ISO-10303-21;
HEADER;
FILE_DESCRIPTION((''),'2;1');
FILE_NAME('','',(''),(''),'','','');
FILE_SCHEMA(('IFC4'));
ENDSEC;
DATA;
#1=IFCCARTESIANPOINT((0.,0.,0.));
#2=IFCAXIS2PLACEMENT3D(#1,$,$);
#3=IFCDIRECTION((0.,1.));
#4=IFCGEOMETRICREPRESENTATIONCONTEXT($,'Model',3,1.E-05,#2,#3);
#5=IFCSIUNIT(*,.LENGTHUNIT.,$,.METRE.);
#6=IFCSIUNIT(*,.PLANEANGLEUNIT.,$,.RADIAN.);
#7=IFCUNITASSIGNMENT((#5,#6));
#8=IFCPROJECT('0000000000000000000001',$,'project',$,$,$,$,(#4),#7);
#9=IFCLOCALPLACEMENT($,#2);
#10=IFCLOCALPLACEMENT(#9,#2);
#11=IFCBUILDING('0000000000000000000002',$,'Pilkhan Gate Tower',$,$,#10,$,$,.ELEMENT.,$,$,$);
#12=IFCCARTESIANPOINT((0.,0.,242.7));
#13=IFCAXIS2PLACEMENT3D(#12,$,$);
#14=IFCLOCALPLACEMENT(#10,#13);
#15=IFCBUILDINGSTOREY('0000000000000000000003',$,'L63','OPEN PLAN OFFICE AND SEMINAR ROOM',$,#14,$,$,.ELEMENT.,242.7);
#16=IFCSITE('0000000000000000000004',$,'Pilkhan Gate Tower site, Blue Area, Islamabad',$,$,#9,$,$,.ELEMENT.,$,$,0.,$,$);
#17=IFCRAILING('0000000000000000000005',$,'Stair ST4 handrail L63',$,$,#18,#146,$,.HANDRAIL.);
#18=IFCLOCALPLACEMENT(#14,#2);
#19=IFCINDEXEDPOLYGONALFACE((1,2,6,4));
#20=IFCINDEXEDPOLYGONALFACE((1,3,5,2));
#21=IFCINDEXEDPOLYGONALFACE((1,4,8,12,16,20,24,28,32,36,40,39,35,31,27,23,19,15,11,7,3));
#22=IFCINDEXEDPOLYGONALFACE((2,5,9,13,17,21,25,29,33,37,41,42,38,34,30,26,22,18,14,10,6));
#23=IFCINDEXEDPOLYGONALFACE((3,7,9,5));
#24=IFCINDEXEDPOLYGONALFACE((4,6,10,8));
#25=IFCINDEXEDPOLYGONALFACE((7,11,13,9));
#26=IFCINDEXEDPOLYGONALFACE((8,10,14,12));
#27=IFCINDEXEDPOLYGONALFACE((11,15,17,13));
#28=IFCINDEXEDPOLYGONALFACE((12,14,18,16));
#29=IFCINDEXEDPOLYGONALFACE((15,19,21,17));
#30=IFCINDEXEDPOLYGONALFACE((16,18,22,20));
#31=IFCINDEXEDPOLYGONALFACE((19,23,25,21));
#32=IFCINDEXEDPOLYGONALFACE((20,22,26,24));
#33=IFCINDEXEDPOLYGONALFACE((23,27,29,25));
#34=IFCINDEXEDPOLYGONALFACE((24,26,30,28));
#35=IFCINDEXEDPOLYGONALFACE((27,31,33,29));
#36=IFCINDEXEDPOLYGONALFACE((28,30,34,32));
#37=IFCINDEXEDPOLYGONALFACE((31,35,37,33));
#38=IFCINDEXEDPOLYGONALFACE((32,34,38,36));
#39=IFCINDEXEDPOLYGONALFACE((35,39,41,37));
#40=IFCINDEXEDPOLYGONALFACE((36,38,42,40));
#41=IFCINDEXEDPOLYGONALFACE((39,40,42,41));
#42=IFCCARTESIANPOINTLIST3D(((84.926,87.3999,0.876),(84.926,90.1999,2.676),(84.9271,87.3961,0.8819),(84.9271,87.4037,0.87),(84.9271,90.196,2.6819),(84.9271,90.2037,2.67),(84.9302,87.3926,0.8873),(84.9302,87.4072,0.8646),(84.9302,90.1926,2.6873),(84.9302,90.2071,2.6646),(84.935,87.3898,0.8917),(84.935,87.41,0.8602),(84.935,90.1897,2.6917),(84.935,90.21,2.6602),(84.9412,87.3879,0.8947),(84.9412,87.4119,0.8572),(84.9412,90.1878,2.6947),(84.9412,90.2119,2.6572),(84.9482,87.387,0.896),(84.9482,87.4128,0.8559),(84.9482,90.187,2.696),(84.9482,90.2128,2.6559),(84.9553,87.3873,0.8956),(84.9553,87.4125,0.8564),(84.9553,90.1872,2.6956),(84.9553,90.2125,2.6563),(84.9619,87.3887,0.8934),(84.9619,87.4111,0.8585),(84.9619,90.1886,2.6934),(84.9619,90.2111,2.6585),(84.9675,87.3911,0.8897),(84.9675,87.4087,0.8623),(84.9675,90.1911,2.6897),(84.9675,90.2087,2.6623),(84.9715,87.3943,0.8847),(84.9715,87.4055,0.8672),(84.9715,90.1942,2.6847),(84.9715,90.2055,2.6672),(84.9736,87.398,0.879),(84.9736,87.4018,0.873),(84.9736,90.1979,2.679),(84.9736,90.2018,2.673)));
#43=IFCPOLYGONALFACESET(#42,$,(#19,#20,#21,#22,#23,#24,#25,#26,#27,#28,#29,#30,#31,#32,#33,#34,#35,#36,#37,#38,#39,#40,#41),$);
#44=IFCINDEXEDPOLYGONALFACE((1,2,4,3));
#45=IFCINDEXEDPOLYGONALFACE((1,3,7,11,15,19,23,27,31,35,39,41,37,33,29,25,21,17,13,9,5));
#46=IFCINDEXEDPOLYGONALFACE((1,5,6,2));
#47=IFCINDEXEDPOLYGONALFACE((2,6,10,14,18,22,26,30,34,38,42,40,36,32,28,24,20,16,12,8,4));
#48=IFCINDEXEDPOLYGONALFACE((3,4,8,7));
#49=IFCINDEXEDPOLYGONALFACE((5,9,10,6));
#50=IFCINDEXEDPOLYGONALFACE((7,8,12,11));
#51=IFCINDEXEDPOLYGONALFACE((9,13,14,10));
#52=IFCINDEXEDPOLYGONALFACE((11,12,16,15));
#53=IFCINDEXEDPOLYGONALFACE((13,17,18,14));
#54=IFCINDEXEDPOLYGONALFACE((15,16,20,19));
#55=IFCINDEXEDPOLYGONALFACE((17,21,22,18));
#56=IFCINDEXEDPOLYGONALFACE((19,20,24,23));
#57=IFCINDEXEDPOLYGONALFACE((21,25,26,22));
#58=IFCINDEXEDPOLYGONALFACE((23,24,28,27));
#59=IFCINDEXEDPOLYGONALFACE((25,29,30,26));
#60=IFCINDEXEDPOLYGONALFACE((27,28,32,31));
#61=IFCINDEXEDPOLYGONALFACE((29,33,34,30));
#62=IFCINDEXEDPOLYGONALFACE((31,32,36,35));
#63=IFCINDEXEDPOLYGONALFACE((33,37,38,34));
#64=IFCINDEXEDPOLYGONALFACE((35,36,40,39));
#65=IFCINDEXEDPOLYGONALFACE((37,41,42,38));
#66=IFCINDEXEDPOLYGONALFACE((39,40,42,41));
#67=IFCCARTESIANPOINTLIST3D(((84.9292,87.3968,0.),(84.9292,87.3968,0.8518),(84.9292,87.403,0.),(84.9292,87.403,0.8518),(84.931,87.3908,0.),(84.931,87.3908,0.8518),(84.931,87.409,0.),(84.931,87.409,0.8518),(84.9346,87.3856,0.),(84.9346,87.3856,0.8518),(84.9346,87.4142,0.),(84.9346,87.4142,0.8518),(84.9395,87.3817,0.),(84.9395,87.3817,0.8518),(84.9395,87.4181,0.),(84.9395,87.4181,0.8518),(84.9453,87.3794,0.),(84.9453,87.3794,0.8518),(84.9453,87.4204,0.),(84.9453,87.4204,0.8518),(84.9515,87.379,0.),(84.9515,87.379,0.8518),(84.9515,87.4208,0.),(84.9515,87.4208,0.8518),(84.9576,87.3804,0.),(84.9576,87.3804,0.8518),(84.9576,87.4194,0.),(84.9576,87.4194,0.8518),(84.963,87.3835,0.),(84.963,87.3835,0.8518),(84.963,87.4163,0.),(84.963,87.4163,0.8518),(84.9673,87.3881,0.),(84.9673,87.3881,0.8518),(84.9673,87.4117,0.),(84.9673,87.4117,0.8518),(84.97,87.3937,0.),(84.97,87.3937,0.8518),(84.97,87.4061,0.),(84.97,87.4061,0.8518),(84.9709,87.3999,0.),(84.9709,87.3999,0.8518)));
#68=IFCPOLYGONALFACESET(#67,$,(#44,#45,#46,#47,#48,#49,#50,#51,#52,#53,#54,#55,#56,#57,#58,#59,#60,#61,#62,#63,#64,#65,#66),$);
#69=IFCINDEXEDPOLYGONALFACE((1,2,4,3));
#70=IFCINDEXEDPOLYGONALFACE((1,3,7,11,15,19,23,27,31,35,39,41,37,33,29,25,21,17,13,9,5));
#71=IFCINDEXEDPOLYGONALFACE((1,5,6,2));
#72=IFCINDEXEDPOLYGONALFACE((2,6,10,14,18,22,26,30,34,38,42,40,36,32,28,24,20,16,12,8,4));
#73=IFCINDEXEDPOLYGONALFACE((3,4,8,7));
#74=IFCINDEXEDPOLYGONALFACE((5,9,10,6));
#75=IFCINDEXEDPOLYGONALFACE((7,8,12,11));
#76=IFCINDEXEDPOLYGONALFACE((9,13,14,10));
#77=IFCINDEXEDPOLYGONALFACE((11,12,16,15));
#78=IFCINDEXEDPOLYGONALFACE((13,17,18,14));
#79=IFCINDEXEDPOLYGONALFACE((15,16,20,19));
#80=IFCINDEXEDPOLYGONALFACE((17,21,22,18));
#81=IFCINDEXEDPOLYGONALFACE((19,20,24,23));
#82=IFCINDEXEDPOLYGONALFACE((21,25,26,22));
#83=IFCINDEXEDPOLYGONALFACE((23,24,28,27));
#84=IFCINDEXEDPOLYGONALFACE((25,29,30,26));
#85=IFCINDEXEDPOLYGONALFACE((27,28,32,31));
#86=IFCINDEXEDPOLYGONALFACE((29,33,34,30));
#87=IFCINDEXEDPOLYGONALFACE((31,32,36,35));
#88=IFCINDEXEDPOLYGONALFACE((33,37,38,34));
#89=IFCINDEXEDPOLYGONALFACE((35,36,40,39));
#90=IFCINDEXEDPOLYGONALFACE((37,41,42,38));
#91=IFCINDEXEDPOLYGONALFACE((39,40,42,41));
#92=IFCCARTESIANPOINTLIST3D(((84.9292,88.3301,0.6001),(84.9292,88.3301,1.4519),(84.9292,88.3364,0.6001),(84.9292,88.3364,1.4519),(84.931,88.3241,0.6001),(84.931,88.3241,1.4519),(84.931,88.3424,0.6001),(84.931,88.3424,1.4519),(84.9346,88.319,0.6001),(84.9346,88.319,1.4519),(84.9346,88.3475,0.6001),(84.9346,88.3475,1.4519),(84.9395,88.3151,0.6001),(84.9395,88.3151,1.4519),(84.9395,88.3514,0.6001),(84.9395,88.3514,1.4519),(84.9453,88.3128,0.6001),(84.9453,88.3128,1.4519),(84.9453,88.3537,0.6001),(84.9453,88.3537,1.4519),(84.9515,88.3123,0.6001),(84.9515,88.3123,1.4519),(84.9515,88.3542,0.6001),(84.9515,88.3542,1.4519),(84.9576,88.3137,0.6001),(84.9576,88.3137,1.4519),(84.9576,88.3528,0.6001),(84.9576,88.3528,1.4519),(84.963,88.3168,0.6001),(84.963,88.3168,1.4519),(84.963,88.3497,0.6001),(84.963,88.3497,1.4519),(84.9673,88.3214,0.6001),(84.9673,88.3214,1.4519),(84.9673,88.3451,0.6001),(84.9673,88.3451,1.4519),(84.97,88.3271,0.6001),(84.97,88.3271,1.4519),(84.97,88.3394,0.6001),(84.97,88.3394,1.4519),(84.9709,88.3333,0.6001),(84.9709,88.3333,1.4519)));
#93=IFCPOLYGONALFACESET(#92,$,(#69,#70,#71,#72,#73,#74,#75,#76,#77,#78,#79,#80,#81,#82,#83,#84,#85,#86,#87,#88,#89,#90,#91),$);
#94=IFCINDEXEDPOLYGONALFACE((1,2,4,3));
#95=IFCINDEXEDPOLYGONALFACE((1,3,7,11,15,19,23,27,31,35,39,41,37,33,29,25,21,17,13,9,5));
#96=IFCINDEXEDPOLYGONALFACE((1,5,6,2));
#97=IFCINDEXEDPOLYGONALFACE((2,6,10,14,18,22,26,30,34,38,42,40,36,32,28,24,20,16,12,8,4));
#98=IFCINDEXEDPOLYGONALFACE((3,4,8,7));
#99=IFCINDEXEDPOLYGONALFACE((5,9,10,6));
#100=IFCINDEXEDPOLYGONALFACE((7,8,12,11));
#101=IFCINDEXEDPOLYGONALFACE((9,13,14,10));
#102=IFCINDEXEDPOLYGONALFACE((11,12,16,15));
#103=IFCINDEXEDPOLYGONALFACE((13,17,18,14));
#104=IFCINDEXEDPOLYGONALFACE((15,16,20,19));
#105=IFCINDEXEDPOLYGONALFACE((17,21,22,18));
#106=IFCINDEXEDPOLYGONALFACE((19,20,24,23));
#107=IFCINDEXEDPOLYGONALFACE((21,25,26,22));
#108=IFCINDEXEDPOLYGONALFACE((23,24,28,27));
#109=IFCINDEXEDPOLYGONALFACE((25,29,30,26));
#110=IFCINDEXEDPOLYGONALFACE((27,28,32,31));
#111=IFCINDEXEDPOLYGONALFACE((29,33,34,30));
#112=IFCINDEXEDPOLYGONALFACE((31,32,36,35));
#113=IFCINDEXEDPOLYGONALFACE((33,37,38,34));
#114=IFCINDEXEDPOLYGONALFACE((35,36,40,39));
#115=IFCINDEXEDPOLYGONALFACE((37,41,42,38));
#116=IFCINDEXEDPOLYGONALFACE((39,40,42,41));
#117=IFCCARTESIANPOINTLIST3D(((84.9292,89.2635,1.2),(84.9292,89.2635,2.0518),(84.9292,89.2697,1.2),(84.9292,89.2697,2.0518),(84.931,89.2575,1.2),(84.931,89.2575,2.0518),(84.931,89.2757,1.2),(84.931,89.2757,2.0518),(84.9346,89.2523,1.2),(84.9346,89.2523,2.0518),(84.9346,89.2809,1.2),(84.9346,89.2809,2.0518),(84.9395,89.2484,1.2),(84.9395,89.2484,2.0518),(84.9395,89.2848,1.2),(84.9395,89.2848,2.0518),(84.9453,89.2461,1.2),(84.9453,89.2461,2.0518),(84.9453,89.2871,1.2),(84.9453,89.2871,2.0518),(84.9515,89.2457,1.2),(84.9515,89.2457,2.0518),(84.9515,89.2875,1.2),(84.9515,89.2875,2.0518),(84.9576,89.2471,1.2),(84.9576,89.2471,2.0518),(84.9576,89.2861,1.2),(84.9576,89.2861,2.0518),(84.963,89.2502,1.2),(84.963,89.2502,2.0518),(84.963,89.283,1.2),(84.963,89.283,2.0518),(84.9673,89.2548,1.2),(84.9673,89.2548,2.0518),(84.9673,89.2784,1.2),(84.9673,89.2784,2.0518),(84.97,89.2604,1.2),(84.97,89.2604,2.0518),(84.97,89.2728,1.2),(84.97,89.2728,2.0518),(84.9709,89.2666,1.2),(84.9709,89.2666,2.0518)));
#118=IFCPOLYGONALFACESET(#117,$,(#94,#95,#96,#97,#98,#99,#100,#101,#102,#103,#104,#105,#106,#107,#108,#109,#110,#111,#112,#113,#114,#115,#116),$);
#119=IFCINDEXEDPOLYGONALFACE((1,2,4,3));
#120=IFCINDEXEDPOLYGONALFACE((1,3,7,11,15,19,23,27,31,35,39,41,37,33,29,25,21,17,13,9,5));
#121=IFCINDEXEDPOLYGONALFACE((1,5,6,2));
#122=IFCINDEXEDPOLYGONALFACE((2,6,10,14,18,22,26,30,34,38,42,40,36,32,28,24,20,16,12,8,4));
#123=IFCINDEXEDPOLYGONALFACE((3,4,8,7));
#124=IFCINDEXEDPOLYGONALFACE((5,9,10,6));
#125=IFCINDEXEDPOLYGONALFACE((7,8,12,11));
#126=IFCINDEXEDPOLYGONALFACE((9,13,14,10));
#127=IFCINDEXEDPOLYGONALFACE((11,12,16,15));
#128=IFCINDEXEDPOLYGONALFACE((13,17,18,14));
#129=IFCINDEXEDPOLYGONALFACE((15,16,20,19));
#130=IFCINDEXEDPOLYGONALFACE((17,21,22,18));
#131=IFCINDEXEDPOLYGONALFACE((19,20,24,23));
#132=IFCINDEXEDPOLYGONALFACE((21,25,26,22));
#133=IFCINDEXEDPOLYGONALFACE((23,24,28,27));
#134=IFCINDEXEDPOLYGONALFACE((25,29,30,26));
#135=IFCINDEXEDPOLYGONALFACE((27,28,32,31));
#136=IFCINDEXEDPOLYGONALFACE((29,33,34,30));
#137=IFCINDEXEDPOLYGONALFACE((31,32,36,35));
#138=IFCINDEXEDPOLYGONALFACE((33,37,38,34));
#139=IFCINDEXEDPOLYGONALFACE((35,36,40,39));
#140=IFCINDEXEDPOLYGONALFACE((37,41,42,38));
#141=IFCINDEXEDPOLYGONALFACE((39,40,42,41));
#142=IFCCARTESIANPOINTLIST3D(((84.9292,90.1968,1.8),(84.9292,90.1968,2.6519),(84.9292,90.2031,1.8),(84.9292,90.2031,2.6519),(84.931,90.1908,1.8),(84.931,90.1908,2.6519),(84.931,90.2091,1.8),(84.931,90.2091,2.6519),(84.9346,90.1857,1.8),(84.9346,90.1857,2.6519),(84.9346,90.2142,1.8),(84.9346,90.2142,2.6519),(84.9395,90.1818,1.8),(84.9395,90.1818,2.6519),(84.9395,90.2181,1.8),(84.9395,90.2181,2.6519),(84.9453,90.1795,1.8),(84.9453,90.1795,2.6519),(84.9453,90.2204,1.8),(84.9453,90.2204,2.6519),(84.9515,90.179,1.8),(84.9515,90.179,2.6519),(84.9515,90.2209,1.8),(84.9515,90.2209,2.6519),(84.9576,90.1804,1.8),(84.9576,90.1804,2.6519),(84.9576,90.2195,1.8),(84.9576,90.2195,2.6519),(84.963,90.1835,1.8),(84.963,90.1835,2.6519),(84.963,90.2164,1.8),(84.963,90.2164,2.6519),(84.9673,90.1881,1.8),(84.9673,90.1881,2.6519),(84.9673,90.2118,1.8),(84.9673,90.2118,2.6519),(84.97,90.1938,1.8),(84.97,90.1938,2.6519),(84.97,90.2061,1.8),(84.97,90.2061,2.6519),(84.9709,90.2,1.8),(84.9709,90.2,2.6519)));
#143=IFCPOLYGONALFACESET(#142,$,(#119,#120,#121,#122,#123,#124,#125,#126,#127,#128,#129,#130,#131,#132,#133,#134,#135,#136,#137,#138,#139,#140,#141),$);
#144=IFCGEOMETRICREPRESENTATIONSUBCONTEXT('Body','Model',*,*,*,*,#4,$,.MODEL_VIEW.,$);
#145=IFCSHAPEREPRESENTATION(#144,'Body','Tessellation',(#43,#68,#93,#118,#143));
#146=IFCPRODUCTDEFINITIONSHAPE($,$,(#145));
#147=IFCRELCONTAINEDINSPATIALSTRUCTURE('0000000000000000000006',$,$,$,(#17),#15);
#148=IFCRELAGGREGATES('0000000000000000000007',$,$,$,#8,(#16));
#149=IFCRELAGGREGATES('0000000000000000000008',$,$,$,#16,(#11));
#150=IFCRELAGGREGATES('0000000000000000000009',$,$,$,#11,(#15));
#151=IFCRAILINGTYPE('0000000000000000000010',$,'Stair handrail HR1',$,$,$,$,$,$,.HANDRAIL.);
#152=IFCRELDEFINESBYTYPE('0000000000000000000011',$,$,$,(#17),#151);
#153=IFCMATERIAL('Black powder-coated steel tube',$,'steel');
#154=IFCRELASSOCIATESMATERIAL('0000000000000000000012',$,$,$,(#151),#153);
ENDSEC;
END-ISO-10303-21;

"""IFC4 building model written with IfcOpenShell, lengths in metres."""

from ifc_helpers import new_model, si_unit, direction, frame, origin, origin_2d, place, context, subcontext, project, spatial, circle, extrude, material, type_object, element, save


model = new_model("IFC4")

# Units and contexts
model_context = context("Model", 3, precision=1e-05, world=origin(), true_north=direction((0.0, 1.0)))
body_context = subcontext(model_context, "Body", "Model", "MODEL_VIEW")
ifc_project = project(units=[si_unit("LENGTHUNIT", "METRE"), si_unit("PLANEANGLEUNIT", "RADIAN")], contexts=[model_context])

# Site, building, storey
site_placement = place(None, origin())
site = spatial("IfcSite", under=ifc_project, at=site_placement, Name="Pilkhan Gate Tower site, Blue Area, Islamabad", CompositionType="ELEMENT", RefElevation=0.0)
building_placement = place(site_placement, origin())
building = spatial("IfcBuilding", under=site, at=building_placement, Name="Pilkhan Gate Tower", CompositionType="ELEMENT")
storey_placement = place(building_placement, frame((0.0, 0.0, 242.7)))
storey = spatial("IfcBuildingStorey", under=building, at=storey_placement, Name="L63", Description="OPEN PLAN OFFICE AND SEMINAR ROOM", CompositionType="ELEMENT", Elevation=242.7)

# Railing
ifc_material_1 = material(Name="Black powder-coated steel tube", Category="steel")
railing_type_1 = type_object("IfcRailingType", Name="Stair handrail HR1", PredefinedType="HANDRAIL", material=ifc_material_1)
railing_1_placement = place(storey_placement, frame((84.95, 87.3999, 0.0)))
element("IfcRailing", 1, at=railing_1_placement, inside=storey, type_object=railing_type_1, Name="Stair ST4 handrail L63", PredefinedType="HANDRAIL", context=body_context, shape_type="SweptSolid", body=[
    extrude(circle(Radius=0.0239, at=origin_2d()), frame((0.0, 0.0, 0.876), z_axis=(0.0, 0.841176, 0.540761), x_axis=(-1.0, 0.0, 0.0)), (0.0, 0.0, 1.0), 3.3286),
    extrude(circle(Radius=0.021, at=origin_2d()), origin(), (0.0, 0.0, 1.0), 0.8518),
    extrude(circle(Radius=0.021, at=origin_2d()), frame((0.0, 0.9333, 0.6001)), (0.0, 0.0, 1.0), 0.8518),
    extrude(circle(Radius=0.021, at=origin_2d()), frame((0.0, 1.8667, 1.2)), (0.0, 0.0, 1.0), 0.8518),
    extrude(circle(Radius=0.021, at=origin_2d()), frame((0.0, 2.8, 1.8)), (0.0, 0.0, 1.0), 0.8518),
])

save(model, "model.ifc")
